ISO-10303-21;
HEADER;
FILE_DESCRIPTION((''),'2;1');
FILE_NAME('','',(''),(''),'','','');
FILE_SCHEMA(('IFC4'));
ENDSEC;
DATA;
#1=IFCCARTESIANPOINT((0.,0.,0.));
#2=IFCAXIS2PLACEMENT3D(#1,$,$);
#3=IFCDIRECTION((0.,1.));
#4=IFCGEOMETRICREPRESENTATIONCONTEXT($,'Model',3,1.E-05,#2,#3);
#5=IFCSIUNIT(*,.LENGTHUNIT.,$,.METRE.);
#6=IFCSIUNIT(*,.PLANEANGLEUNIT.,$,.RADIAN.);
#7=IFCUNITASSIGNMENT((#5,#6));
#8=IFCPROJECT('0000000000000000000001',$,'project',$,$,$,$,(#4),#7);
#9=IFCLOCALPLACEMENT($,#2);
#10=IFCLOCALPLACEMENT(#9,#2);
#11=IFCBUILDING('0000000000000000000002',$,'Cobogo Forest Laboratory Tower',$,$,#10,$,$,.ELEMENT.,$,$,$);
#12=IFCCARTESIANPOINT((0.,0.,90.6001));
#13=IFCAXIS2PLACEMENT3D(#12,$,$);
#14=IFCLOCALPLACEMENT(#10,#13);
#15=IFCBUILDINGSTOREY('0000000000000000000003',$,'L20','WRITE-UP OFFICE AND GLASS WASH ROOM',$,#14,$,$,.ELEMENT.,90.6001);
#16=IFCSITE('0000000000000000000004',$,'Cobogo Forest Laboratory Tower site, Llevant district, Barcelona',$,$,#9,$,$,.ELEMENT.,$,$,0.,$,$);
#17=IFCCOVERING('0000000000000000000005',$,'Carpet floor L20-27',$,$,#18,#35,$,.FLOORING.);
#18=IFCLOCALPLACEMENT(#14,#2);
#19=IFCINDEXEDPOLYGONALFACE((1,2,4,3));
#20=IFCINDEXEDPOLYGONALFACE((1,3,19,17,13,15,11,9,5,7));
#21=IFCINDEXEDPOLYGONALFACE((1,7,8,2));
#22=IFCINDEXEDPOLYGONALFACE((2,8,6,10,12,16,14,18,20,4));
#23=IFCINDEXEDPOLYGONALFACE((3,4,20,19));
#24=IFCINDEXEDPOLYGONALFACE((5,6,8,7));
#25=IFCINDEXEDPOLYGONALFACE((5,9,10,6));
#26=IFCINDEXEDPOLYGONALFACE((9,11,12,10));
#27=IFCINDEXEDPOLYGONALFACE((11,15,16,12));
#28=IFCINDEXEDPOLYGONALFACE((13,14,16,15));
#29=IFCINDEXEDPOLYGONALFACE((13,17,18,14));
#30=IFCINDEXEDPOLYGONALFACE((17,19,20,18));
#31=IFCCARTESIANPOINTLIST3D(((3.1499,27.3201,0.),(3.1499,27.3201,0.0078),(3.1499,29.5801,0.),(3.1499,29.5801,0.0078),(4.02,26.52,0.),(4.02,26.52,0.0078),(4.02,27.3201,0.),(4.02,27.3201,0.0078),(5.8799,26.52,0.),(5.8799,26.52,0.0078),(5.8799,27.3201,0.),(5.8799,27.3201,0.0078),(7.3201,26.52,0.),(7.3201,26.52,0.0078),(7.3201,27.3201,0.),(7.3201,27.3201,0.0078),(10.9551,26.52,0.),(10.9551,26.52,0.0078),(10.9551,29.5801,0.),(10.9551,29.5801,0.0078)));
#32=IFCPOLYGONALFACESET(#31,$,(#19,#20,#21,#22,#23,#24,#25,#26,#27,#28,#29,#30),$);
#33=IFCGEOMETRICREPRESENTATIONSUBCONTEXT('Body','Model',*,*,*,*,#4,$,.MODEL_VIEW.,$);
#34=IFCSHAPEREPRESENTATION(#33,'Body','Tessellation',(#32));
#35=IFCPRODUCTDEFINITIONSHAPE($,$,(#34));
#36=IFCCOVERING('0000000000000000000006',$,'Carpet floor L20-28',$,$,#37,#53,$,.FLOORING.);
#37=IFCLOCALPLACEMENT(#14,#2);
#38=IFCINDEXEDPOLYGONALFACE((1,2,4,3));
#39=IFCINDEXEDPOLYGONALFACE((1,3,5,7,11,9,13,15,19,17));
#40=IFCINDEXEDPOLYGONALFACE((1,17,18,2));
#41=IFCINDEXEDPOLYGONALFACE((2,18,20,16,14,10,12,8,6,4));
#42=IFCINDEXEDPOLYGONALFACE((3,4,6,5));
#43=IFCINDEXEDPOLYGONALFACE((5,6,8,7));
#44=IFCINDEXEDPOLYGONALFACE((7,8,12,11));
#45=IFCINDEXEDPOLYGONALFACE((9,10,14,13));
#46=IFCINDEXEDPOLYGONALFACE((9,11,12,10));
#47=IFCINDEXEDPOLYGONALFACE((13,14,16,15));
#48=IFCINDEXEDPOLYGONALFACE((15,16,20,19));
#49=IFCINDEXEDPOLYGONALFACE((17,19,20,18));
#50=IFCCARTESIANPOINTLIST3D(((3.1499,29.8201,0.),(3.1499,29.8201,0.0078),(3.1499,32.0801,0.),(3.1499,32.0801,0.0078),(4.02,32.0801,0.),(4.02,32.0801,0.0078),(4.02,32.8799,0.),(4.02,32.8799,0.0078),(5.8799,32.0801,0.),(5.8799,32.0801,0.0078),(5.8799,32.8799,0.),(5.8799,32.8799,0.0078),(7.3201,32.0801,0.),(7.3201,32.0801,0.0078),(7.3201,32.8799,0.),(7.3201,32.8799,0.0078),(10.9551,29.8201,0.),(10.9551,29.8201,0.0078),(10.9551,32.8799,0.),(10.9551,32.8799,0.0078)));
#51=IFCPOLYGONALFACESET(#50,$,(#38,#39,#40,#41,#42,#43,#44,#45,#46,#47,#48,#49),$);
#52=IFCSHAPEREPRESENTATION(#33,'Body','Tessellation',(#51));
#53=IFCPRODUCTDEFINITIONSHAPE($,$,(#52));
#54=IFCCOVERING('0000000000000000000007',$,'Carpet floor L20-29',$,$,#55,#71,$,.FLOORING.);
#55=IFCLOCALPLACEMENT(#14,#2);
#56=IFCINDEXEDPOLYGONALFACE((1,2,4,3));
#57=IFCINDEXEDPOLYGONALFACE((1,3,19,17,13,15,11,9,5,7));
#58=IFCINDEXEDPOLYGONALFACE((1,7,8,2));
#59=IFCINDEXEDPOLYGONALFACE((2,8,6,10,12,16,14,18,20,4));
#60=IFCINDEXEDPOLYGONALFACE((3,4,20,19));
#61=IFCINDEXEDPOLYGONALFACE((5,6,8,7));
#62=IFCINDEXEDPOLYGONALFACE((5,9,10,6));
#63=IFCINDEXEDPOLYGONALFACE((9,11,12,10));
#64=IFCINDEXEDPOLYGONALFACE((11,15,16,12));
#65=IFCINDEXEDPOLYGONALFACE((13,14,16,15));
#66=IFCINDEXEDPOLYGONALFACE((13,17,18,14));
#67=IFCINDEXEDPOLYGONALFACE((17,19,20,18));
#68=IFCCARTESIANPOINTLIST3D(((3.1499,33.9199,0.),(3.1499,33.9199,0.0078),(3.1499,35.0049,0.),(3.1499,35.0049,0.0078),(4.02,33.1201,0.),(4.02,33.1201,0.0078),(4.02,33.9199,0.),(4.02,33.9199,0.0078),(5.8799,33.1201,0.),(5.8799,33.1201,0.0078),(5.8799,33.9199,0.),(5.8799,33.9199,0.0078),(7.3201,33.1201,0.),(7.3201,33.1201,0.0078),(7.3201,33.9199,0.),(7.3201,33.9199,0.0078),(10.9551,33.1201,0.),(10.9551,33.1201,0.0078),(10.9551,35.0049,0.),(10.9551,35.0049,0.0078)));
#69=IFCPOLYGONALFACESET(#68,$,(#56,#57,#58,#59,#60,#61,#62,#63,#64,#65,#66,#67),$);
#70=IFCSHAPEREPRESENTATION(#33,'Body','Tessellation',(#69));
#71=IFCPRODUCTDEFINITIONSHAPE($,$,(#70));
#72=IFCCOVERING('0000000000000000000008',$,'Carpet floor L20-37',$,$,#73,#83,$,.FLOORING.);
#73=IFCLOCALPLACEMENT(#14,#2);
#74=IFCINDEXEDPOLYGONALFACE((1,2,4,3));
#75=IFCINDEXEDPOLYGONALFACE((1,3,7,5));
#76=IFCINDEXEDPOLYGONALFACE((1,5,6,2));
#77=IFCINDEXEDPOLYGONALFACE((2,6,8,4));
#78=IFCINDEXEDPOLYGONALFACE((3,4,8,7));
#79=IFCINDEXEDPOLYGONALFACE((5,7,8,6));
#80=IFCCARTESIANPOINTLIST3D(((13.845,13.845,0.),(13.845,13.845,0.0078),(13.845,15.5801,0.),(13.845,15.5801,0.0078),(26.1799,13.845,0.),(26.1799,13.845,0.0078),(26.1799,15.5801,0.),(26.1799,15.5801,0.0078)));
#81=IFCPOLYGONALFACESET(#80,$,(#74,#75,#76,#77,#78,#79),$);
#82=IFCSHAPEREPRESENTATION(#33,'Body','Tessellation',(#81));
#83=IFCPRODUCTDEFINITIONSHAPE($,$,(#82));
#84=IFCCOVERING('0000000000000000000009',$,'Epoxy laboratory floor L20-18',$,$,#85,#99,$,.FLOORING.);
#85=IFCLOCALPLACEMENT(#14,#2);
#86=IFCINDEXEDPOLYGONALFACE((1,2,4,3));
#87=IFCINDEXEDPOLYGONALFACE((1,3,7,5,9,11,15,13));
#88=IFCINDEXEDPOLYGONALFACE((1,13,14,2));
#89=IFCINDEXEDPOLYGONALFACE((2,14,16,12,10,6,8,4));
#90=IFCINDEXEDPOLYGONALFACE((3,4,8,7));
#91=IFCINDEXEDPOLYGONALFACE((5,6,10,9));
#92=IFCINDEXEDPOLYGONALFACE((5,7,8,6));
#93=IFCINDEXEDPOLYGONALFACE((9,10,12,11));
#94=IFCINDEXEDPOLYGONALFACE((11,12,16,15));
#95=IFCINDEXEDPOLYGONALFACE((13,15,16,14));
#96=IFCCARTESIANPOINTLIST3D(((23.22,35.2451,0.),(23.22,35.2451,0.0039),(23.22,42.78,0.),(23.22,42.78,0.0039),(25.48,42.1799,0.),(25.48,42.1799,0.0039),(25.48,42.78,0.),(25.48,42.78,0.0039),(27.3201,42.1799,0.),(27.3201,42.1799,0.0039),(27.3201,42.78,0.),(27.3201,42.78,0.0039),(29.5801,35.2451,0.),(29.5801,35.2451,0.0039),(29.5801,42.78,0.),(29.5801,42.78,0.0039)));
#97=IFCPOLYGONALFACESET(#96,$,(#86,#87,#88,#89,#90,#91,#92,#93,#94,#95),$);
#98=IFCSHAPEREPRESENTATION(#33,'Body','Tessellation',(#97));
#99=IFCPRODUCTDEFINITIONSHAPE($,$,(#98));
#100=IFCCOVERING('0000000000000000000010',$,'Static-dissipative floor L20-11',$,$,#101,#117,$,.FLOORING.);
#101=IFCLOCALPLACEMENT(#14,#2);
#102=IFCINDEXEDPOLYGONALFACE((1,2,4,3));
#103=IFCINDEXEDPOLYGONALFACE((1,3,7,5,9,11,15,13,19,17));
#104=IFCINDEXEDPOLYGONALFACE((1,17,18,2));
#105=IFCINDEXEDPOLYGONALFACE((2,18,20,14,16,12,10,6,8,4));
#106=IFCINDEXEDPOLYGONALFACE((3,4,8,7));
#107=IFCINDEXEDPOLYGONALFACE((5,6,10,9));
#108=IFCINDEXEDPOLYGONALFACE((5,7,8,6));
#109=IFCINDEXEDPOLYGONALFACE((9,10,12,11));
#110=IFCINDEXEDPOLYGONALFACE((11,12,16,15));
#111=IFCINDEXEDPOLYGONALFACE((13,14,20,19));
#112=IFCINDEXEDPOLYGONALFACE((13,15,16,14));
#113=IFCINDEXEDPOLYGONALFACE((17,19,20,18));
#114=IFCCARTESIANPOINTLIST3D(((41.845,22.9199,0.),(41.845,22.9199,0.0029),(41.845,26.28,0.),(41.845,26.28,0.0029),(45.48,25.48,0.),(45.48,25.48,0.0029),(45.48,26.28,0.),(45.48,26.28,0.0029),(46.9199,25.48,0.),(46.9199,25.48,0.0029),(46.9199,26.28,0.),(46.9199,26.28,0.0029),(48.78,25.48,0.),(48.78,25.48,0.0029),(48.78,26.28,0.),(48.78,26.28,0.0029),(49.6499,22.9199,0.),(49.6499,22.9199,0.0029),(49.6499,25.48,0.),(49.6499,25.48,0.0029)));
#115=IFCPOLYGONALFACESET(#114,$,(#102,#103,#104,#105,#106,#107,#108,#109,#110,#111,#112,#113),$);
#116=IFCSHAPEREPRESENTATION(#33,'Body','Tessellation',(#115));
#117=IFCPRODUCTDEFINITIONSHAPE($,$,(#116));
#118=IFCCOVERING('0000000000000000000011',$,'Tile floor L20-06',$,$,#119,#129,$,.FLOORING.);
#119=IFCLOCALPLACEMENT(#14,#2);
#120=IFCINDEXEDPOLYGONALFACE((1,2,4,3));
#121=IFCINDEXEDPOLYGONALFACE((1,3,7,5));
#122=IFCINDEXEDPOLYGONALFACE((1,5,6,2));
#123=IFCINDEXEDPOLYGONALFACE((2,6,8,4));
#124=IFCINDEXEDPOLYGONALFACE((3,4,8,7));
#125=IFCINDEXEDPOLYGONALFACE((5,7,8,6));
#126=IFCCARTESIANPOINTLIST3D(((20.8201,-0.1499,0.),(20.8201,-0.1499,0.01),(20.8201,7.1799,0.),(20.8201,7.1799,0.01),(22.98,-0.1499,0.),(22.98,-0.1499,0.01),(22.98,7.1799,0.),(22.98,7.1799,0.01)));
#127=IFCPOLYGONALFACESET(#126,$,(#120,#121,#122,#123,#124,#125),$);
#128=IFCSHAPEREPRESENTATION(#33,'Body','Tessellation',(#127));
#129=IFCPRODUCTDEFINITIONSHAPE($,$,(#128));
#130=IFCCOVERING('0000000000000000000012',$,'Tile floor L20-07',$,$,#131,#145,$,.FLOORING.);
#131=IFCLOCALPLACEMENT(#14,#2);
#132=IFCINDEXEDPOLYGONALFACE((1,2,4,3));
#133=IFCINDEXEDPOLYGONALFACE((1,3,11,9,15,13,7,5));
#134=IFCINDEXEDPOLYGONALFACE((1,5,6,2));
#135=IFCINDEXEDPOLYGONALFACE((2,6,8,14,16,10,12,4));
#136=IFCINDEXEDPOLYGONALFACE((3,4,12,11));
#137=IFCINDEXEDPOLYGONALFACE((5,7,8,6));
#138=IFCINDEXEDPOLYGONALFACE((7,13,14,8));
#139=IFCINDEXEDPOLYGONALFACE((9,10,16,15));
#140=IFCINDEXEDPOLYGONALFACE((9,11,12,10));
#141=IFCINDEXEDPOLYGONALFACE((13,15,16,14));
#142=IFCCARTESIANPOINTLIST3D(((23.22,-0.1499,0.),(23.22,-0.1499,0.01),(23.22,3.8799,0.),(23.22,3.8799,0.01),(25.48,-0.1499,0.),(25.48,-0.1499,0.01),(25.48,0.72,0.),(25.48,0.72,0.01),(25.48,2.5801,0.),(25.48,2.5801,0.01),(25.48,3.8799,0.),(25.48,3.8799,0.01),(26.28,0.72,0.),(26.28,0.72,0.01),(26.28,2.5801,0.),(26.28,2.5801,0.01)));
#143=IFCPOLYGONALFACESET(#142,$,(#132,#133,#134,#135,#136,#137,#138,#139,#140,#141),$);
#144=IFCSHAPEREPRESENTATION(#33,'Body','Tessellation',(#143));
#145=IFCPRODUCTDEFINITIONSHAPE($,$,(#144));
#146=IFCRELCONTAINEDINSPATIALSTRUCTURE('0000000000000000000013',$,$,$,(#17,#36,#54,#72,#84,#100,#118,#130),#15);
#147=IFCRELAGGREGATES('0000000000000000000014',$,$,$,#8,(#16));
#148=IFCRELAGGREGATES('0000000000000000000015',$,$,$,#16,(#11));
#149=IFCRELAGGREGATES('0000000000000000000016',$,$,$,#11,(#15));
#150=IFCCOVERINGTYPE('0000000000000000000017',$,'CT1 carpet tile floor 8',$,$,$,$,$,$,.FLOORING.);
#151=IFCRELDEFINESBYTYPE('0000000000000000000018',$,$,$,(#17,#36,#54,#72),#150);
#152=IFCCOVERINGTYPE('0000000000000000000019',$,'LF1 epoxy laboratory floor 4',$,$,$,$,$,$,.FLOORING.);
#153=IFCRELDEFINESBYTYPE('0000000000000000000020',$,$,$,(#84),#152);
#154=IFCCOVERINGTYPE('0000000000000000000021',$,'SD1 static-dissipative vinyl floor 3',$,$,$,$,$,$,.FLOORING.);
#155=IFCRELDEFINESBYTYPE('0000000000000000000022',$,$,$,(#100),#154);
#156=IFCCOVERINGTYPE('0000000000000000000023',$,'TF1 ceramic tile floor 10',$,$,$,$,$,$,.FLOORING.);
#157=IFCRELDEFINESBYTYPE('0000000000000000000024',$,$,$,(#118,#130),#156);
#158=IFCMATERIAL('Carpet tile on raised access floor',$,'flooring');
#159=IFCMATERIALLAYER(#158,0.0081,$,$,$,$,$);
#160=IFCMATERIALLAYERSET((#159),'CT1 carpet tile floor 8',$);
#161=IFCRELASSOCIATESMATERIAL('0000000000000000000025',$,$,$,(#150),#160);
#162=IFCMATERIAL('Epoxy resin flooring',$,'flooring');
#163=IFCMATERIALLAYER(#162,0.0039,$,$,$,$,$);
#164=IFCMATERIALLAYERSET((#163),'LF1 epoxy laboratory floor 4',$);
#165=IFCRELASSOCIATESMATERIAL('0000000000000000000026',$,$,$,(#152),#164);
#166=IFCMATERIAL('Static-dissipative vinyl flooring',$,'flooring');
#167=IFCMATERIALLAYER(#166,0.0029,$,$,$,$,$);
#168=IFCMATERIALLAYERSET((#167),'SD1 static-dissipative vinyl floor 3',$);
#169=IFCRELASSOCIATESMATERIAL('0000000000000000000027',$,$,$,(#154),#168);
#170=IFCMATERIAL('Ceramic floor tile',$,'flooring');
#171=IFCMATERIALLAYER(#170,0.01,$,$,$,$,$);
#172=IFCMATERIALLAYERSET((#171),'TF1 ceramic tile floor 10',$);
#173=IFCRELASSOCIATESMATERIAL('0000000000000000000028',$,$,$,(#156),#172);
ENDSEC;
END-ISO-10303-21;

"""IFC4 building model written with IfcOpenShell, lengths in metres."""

from ifc_helpers import new_model, si_unit, direction, frame, origin, place, context, subcontext, project, spatial, polyline, outline, extrude, material, layer, layer_set, type_object, element, save


model = new_model("IFC4")

# Units and contexts
model_context = context("Model", 3, precision=1e-05, world=origin(), true_north=direction((0.0, 1.0)))
body_context = subcontext(model_context, "Body", "Model", "MODEL_VIEW")
ifc_project = project(units=[si_unit("LENGTHUNIT", "METRE"), si_unit("PLANEANGLEUNIT", "RADIAN")], contexts=[model_context])

# Site, building, storey
site_placement = place(None, origin())
site = spatial("IfcSite", under=ifc_project, at=site_placement, Name="Cobogo Forest Laboratory Tower site, Llevant district, Barcelona", CompositionType="ELEMENT", RefElevation=0.0)
building_placement = place(site_placement, origin())
building = spatial("IfcBuilding", under=site, at=building_placement, Name="Cobogo Forest Laboratory Tower", CompositionType="ELEMENT")
storey_placement = place(building_placement, frame((0.0, 0.0, 90.6001)))
storey = spatial("IfcBuildingStorey", under=building, at=storey_placement, Name="L20", Description="WRITE-UP OFFICE AND GLASS WASH ROOM", CompositionType="ELEMENT", Elevation=90.6001)

# Coverings
ifc_material_1 = material(Name="Carpet tile on raised access floor", Category="flooring")
ifc_layer_1 = layer(ifc_material_1, 0.0081)
ifc_layer_set_1 = layer_set([ifc_layer_1], Name="CT1 carpet tile floor 8")
covering_type_1 = type_object("IfcCoveringType", Name="CT1 carpet tile floor 8", PredefinedType="FLOORING", material=ifc_layer_set_1)
covering_1_placement = place(storey_placement, origin())
element("IfcCovering", 1, at=covering_1_placement, inside=storey, type_object=covering_type_1, Name="Carpet floor L20-27", PredefinedType="FLOORING", context=body_context, shape_type="SweptSolid", body=[
    extrude(outline(polyline([(10.9551, 26.52), (7.3201, 26.52), (7.3201, 27.3201), (5.8799, 27.3201), (5.8799, 26.52), (4.02, 26.52), (4.02, 27.3201), (3.1499, 27.3201), (3.1499, 29.5801), (10.9551, 29.5801), (10.9551, 26.52)])), origin(), (0.0, 0.0, 1.0), 0.0078),
])
covering_2_placement = place(storey_placement, origin())
element("IfcCovering", 2, at=covering_2_placement, inside=storey, type_object=covering_type_1, Name="Carpet floor L20-28", PredefinedType="FLOORING", context=body_context, shape_type="SweptSolid", body=[
    extrude(outline(polyline([(10.9551, 29.8201), (3.1499, 29.8201), (3.1499, 32.0801), (4.02, 32.0801), (4.02, 32.8799), (5.8799, 32.8799), (5.8799, 32.0801), (7.3201, 32.0801), (7.3201, 32.8799), (10.9551, 32.8799), (10.9551, 29.8201)])), origin(), (0.0, 0.0, 1.0), 0.0078),
])
covering_3_placement = place(storey_placement, origin())
element("IfcCovering", 3, at=covering_3_placement, inside=storey, type_object=covering_type_1, Name="Carpet floor L20-29", PredefinedType="FLOORING", context=body_context, shape_type="SweptSolid", body=[
    extrude(outline(polyline([(10.9551, 33.1201), (7.3201, 33.1201), (7.3201, 33.9199), (5.8799, 33.9199), (5.8799, 33.1201), (4.02, 33.1201), (4.02, 33.9199), (3.1499, 33.9199), (3.1499, 35.0049), (10.9551, 35.0049), (10.9551, 33.1201)])), origin(), (0.0, 0.0, 1.0), 0.0078),
])
covering_4_placement = place(storey_placement, origin())
element("IfcCovering", 4, at=covering_4_placement, inside=storey, type_object=covering_type_1, Name="Carpet floor L20-37", PredefinedType="FLOORING", context=body_context, shape_type="SweptSolid", body=[
    extrude(outline(polyline([(26.1799, 13.845), (13.845, 13.845), (13.845, 15.5801), (26.1799, 15.5801), (26.1799, 13.845)])), origin(), (0.0, 0.0, 1.0), 0.0078),
])
ifc_material_2 = material(Name="Epoxy resin flooring", Category="flooring")
ifc_layer_2 = layer(ifc_material_2, 0.0039)
ifc_layer_set_2 = layer_set([ifc_layer_2], Name="LF1 epoxy laboratory floor 4")
covering_type_2 = type_object("IfcCoveringType", Name="LF1 epoxy laboratory floor 4", PredefinedType="FLOORING", material=ifc_layer_set_2)
covering_5_placement = place(storey_placement, origin())
element("IfcCovering", 5, at=covering_5_placement, inside=storey, type_object=covering_type_2, Name="Epoxy laboratory floor L20-18", PredefinedType="FLOORING", context=body_context, shape_type="SweptSolid", body=[
    extrude(outline(polyline([(23.22, 42.78), (25.48, 42.78), (25.48, 42.1799), (27.3201, 42.1799), (27.3201, 42.78), (29.5801, 42.78), (29.5801, 35.2451), (23.22, 35.2451), (23.22, 42.78)])), origin(), (0.0, 0.0, 1.0), 0.0039),
])
ifc_material_3 = material(Name="Static-dissipative vinyl flooring", Category="flooring")
ifc_layer_3 = layer(ifc_material_3, 0.0029)
ifc_layer_set_3 = layer_set([ifc_layer_3], Name="SD1 static-dissipative vinyl floor 3")
covering_type_3 = type_object("IfcCoveringType", Name="SD1 static-dissipative vinyl floor 3", PredefinedType="FLOORING", material=ifc_layer_set_3)
covering_6_placement = place(storey_placement, origin())
element("IfcCovering", 6, at=covering_6_placement, inside=storey, type_object=covering_type_3, Name="Static-dissipative floor L20-11", PredefinedType="FLOORING", context=body_context, shape_type="SweptSolid", body=[
    extrude(outline(polyline([(41.845, 26.28), (45.48, 26.28), (45.48, 25.48), (46.9199, 25.48), (46.9199, 26.28), (48.78, 26.28), (48.78, 25.48), (49.6499, 25.48), (49.6499, 22.9199), (41.845, 22.9199), (41.845, 26.28)])), origin(), (0.0, 0.0, 1.0), 0.0029),
])
ifc_material_4 = material(Name="Ceramic floor tile", Category="flooring")
ifc_layer_4 = layer(ifc_material_4, 0.01)
ifc_layer_set_4 = layer_set([ifc_layer_4], Name="TF1 ceramic tile floor 10")
covering_type_4 = type_object("IfcCoveringType", Name="TF1 ceramic tile floor 10", PredefinedType="FLOORING", material=ifc_layer_set_4)
covering_7_placement = place(storey_placement, origin())
element("IfcCovering", 7, at=covering_7_placement, inside=storey, type_object=covering_type_4, Name="Tile floor L20-06", PredefinedType="FLOORING", context=body_context, shape_type="SweptSolid", body=[
    extrude(outline(polyline([(20.8201, 7.1799), (22.98, 7.1799), (22.98, -0.1499), (20.8201, -0.1499), (20.8201, 7.1799)])), origin(), (0.0, 0.0, 1.0), 0.01),
])
covering_8_placement = place(storey_placement, origin())
element("IfcCovering", 8, at=covering_8_placement, inside=storey, type_object=covering_type_4, Name="Tile floor L20-07", PredefinedType="FLOORING", context=body_context, shape_type="SweptSolid", body=[
    extrude(outline(polyline([(25.48, 3.8799), (25.48, 2.5801), (26.28, 2.5801), (26.28, 0.72), (25.48, 0.72), (25.48, -0.1499), (23.22, -0.1499), (23.22, 3.8799), (25.48, 3.8799)])), origin(), (0.0, 0.0, 1.0), 0.01),
])

save(model, "model.ifc")
